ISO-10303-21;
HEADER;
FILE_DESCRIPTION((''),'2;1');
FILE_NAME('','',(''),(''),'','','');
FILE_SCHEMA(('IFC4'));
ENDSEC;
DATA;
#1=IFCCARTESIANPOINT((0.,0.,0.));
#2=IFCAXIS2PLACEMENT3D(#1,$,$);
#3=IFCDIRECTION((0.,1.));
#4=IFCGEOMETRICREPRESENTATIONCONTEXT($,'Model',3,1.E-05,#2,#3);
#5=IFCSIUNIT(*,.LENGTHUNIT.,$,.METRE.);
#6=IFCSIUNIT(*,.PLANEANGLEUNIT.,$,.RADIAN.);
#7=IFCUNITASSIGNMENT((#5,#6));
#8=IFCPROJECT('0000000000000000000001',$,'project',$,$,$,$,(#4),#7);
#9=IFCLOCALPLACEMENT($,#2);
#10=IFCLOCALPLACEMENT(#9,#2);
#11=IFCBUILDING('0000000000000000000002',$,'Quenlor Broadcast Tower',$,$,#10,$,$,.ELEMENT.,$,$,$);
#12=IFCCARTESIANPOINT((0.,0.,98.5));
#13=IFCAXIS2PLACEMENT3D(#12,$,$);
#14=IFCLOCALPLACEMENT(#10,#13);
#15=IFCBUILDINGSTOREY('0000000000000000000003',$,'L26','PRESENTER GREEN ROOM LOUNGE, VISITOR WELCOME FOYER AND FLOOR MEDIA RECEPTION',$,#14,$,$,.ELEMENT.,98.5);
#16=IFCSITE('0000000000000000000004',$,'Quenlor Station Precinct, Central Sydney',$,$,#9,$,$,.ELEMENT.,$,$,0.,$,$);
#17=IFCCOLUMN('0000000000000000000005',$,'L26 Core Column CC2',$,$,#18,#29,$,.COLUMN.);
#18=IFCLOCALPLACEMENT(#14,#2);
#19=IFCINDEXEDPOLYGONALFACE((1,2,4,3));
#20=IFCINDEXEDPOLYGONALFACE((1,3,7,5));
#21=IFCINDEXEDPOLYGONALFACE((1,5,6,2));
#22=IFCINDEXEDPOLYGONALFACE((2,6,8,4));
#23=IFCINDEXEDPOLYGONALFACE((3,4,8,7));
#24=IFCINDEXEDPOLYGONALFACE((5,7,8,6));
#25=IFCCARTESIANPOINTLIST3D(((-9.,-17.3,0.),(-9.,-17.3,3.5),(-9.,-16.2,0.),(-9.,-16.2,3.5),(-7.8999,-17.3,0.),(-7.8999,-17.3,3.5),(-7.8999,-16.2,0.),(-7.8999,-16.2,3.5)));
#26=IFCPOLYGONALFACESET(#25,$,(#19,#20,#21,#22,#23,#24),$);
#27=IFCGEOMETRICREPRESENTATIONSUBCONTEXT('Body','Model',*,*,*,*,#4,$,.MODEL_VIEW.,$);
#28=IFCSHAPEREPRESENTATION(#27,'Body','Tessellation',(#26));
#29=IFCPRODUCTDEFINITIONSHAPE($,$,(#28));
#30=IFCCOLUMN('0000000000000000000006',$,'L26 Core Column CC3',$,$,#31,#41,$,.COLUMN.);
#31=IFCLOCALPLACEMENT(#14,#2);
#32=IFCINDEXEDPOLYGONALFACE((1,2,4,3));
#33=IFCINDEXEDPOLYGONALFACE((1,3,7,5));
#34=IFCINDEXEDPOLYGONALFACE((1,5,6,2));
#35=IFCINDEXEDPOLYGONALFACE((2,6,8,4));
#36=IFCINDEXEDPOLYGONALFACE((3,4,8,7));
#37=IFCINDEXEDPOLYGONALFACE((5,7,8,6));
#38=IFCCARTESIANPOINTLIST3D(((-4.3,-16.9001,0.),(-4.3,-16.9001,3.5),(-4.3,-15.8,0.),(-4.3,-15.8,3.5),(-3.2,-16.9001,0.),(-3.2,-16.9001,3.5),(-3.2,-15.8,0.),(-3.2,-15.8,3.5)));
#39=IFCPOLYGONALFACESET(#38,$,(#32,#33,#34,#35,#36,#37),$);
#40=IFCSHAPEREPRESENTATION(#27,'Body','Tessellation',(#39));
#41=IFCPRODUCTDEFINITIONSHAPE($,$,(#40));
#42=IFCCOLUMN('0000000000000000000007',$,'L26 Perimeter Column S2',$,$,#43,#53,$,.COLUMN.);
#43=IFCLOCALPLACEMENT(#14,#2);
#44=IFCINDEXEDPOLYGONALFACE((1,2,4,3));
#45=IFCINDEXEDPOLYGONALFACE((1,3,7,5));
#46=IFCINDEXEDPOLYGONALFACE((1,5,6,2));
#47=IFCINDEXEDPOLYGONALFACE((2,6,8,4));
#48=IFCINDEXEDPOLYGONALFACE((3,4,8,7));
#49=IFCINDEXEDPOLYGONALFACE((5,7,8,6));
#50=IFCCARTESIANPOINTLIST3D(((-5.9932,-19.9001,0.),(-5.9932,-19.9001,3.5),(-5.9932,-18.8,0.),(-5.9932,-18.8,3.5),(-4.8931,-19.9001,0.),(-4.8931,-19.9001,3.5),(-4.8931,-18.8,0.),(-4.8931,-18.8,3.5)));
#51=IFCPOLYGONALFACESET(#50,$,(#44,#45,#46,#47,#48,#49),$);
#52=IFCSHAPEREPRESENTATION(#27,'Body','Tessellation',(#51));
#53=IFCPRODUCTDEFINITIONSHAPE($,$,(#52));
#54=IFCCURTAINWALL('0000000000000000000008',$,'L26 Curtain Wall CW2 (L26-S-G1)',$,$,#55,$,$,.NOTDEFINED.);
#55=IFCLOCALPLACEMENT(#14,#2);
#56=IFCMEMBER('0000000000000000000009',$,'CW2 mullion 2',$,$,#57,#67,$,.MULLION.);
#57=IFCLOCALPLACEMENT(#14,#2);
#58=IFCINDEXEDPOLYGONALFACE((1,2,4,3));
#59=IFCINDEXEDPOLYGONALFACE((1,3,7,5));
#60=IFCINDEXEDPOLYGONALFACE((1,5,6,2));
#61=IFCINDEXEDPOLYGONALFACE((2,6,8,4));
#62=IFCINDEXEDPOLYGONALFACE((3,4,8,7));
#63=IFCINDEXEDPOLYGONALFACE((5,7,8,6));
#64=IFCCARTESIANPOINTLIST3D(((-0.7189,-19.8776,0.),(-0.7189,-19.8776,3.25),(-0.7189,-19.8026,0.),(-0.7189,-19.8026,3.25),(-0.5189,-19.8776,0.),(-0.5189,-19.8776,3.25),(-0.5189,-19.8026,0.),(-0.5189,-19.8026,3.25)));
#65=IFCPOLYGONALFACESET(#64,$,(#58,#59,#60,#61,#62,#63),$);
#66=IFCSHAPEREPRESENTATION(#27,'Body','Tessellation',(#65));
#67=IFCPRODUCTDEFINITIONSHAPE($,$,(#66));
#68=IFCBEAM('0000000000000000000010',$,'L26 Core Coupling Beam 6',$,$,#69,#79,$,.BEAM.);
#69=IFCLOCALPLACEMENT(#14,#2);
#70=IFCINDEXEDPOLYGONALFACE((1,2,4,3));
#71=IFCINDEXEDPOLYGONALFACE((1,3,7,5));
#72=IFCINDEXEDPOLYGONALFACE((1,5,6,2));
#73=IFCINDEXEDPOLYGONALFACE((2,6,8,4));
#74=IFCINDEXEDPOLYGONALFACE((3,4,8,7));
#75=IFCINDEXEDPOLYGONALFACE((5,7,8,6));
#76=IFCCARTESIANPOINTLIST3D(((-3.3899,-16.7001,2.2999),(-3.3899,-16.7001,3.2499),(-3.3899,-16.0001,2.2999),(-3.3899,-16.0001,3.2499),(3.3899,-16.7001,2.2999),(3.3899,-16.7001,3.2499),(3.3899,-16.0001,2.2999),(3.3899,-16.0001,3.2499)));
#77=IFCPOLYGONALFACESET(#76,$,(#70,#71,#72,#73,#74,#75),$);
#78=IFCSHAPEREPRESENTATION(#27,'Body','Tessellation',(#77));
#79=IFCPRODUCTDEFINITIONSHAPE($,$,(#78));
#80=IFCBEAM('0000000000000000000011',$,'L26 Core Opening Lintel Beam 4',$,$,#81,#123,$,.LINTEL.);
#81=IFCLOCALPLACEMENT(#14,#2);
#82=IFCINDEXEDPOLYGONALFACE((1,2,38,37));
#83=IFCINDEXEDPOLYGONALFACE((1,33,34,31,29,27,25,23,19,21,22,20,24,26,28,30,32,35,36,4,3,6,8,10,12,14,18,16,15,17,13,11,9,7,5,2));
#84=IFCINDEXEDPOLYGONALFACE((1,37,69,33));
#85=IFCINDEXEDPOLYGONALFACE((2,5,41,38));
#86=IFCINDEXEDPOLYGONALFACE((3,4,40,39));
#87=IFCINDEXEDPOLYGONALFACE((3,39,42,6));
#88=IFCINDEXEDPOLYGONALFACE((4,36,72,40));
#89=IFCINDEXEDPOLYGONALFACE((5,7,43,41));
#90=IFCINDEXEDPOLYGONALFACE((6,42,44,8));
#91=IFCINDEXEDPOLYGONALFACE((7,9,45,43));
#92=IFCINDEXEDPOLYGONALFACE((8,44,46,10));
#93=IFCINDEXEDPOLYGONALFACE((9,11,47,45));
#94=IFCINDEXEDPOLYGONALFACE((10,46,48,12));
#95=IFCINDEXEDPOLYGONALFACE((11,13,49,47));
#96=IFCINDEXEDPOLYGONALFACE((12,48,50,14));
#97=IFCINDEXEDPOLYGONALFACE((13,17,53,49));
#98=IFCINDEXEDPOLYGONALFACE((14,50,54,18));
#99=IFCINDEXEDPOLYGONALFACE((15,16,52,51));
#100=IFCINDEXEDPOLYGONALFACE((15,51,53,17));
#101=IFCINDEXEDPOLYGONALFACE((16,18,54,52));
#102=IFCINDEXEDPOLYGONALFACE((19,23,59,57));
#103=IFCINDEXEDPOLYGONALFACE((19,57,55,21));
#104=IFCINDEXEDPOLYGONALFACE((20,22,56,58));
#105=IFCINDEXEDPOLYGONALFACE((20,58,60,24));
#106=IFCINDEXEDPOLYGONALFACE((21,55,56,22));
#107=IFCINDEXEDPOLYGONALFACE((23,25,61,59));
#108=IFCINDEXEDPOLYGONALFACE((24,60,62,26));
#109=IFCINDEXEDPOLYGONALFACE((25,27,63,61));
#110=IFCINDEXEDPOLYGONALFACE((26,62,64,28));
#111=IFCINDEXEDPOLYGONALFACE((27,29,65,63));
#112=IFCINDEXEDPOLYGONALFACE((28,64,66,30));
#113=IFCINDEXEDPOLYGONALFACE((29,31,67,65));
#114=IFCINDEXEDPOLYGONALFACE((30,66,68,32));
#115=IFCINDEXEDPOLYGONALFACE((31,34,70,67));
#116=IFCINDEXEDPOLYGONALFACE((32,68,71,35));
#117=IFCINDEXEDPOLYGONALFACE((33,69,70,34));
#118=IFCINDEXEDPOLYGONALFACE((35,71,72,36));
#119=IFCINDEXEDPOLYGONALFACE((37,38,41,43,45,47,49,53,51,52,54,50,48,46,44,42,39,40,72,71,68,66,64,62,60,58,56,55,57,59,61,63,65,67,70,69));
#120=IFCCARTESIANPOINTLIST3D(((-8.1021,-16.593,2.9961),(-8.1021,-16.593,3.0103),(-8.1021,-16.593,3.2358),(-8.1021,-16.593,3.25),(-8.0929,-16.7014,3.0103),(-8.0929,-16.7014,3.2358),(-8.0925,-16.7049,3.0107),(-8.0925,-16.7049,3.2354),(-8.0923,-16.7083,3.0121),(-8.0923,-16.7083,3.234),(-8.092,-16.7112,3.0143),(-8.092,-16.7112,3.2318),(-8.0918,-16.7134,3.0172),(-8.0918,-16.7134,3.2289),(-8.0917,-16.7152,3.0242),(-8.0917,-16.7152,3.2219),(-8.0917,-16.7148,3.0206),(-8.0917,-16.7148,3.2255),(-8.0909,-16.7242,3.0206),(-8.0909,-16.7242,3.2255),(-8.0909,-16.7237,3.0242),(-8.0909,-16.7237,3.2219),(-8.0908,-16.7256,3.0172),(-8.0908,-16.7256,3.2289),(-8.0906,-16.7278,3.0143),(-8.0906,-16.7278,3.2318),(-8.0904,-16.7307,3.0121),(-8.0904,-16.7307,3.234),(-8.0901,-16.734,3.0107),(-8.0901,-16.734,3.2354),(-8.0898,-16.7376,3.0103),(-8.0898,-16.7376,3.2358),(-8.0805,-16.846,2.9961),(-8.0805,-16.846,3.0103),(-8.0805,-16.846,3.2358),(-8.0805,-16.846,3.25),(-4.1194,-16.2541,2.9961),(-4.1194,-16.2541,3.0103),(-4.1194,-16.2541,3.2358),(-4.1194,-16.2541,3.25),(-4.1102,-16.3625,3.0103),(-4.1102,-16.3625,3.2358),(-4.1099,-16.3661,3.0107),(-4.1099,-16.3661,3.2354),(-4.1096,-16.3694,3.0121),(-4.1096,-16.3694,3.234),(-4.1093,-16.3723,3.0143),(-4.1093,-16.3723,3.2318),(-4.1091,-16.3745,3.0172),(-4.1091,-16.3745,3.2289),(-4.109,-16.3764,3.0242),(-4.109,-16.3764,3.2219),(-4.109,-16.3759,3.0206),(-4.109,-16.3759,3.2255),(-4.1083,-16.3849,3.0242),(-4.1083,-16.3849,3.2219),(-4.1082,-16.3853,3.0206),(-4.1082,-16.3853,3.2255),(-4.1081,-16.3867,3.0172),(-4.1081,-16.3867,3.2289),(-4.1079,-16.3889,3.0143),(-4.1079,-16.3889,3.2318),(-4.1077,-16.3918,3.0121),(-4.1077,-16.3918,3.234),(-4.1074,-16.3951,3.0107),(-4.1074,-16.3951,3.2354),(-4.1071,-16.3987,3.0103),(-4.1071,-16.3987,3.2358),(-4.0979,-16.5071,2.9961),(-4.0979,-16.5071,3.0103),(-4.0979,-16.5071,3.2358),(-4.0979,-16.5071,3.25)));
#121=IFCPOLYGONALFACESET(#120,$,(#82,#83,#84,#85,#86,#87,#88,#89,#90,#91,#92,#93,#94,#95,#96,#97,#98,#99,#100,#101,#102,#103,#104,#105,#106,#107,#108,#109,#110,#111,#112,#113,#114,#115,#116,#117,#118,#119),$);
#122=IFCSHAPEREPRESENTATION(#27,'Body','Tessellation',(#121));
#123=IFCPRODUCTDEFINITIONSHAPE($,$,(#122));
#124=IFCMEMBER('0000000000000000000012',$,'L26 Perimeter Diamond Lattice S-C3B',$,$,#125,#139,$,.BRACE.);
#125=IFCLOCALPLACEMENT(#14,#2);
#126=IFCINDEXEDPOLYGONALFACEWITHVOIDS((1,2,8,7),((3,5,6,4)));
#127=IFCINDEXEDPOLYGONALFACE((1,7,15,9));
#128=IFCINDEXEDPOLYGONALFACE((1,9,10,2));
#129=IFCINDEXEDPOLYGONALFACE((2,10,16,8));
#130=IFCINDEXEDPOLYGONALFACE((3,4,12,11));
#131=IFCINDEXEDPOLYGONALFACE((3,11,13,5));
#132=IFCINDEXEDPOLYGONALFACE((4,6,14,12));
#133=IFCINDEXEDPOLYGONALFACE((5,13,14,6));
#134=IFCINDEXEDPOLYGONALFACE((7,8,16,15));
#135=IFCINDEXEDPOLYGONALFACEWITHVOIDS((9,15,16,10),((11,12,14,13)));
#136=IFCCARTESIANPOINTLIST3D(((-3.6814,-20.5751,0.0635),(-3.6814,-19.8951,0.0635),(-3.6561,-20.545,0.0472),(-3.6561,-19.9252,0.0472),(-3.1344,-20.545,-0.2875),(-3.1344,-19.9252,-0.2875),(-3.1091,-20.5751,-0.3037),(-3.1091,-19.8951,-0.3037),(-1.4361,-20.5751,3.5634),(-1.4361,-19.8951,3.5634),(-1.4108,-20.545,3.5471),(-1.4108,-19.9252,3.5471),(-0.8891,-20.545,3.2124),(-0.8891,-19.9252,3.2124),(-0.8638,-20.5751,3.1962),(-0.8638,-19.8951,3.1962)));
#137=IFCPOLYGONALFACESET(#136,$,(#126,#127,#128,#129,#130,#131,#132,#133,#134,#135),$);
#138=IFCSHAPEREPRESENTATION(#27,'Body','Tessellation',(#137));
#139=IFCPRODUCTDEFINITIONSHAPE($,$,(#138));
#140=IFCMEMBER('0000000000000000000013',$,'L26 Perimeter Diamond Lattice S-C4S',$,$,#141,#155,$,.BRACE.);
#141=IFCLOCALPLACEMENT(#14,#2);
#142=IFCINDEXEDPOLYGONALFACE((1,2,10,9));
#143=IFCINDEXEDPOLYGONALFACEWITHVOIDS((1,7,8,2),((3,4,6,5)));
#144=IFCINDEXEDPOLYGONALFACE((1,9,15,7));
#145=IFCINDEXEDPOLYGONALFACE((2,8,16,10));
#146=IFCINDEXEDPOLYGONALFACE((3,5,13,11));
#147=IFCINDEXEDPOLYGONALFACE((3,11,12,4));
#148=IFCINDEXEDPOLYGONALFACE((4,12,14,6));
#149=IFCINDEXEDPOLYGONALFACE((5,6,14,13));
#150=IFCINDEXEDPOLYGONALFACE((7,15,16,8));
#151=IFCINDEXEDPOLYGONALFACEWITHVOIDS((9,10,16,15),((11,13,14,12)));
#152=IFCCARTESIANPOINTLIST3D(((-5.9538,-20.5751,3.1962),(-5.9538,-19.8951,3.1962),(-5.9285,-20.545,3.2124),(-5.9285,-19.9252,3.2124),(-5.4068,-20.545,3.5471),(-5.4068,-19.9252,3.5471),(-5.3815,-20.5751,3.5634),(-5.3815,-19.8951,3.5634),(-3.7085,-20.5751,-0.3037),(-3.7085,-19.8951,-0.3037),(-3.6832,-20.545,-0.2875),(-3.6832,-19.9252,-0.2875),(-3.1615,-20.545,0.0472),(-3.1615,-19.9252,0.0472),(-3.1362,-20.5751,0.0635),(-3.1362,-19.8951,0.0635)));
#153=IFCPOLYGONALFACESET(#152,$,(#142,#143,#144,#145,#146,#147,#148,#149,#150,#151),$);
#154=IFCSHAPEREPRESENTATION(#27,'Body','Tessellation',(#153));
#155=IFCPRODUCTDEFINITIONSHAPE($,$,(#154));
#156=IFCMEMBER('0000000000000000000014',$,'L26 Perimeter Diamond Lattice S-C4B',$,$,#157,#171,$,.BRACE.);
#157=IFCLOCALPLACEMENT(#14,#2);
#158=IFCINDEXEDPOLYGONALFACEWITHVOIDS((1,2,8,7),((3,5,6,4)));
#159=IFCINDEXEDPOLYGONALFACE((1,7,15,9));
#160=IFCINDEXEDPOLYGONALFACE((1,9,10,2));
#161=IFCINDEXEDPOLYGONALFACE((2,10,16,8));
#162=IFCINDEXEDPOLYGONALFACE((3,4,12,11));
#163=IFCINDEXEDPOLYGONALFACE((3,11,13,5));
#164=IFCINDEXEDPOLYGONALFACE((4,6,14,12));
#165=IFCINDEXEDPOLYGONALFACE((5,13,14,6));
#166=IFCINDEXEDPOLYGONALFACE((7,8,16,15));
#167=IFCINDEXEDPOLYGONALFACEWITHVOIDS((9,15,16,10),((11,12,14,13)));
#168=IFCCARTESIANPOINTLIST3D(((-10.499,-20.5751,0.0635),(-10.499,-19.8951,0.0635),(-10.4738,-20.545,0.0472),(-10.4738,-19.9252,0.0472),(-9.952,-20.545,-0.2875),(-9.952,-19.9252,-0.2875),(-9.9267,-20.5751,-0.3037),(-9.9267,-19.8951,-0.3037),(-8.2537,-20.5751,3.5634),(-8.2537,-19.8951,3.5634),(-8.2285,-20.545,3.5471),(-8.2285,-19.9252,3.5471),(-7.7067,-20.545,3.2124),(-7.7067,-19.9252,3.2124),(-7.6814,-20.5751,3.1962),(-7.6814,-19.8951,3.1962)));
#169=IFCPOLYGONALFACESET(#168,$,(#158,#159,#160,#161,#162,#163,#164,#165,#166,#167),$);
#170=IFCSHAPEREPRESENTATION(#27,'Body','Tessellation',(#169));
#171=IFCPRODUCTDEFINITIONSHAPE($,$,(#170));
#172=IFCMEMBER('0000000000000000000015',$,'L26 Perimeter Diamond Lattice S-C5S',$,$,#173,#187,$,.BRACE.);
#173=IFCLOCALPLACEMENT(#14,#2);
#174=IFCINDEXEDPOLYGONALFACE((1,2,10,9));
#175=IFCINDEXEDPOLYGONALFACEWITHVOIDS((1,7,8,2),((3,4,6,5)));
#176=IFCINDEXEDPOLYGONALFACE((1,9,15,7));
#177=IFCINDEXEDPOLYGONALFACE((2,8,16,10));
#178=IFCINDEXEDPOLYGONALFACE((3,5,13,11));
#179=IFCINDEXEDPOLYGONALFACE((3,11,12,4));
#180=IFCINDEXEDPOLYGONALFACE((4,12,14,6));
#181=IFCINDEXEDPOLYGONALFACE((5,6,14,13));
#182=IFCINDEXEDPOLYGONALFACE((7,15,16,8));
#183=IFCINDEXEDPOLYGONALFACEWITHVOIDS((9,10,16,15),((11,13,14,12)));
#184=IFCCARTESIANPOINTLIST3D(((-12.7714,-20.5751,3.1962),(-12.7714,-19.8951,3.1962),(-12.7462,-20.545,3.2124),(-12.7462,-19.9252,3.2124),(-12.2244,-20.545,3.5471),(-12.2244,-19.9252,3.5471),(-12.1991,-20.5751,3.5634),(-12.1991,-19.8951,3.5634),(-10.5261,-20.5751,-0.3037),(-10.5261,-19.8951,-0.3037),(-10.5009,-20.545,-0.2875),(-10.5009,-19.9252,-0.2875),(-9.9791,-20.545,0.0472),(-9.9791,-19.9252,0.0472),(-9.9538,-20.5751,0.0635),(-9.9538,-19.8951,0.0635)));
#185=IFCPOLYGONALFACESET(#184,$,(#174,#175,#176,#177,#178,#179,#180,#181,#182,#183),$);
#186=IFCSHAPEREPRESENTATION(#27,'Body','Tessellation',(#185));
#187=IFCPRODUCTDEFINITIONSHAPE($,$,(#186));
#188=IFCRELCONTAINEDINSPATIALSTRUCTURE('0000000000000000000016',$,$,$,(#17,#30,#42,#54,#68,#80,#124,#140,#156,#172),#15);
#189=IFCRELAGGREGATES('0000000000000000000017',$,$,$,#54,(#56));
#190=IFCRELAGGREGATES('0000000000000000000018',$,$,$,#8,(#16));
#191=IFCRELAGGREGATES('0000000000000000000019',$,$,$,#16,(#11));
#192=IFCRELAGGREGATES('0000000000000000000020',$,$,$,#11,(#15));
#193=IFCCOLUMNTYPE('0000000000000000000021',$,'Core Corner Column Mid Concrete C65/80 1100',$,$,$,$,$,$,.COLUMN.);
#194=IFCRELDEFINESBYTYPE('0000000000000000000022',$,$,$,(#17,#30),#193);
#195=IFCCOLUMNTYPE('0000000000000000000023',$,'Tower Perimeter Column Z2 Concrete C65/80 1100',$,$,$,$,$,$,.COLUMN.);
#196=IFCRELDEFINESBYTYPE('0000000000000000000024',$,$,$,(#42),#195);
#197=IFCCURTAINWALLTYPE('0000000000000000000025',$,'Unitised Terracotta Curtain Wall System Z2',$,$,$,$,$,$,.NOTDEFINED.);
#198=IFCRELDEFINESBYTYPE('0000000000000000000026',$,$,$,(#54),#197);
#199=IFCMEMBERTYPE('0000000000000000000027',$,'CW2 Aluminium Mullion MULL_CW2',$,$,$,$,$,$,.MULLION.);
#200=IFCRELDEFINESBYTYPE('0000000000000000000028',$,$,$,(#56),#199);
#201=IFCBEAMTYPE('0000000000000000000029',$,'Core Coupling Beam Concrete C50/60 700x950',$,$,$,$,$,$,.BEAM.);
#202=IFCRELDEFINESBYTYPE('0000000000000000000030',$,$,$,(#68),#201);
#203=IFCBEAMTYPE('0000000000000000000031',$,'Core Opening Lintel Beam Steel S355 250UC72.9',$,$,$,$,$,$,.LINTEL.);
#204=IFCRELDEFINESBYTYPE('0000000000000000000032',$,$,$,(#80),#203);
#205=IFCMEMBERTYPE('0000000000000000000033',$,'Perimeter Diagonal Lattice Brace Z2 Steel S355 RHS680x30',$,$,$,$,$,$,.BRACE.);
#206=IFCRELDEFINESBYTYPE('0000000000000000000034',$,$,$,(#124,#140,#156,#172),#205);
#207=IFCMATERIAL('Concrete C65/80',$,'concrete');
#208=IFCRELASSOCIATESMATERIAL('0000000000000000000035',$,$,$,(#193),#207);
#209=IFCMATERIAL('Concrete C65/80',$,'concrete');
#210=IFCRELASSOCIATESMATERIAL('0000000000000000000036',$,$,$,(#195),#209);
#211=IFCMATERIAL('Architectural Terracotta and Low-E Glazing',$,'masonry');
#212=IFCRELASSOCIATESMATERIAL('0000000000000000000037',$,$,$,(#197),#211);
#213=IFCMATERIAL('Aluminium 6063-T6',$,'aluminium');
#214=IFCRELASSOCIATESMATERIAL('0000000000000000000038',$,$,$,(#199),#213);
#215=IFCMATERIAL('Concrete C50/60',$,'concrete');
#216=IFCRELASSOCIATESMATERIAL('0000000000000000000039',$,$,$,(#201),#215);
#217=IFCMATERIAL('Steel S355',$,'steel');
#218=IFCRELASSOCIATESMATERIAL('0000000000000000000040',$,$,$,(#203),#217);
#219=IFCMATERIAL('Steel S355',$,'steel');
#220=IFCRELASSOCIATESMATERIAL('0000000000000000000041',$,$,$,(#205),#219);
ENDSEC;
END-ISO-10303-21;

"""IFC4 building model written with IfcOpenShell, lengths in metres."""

from ifc_helpers import new_model, si_unit, direction, frame, origin, origin_2d, place, context, subcontext, project, spatial, rectangle, hollow_rectangle, i_section, extrude, material, material_profile, profile_set, type_object, element, aggregate, save


model = new_model("IFC4")

# Units and contexts
model_context = context("Model", 3, precision=1e-05, world=origin(), true_north=direction((0.0, 1.0)))
body_context = subcontext(model_context, "Body", "Model", "MODEL_VIEW")
ifc_project = project(units=[si_unit("LENGTHUNIT", "METRE"), si_unit("PLANEANGLEUNIT", "RADIAN")], contexts=[model_context])

# Site, building, storey
site_placement = place(None, origin())
site = spatial("IfcSite", under=ifc_project, at=site_placement, Name="Quenlor Station Precinct, Central Sydney", CompositionType="ELEMENT", RefElevation=0.0)
building_placement = place(site_placement, origin())
building = spatial("IfcBuilding", under=site, at=building_placement, Name="Quenlor Broadcast Tower", CompositionType="ELEMENT")
storey_placement = place(building_placement, frame((0.0, 0.0, 98.5)))
storey = spatial("IfcBuildingStorey", under=building, at=storey_placement, Name="L26", Description="PRESENTER GREEN ROOM LOUNGE, VISITOR WELCOME FOYER AND FLOOR MEDIA RECEPTION", CompositionType="ELEMENT", Elevation=98.5)

# Columns
ifc_material_1 = material(Name="Concrete C65/80", Category="concrete")
ifc_material_profile_1 = material_profile(ifc_material_1, rectangle(XDim=1.1001, YDim=1.1001, at=origin_2d()))
ifc_profile_set_1 = profile_set([ifc_material_profile_1], Name="Concrete C65/80 RC1100x1100")
column_type_1 = type_object("IfcColumnType", Name="Core Corner Column Mid Concrete C65/80 1100", PredefinedType="COLUMN", material=ifc_profile_set_1)
for number, where, z_axis, x_axis, name in (
    (1, (-8.45, -16.75, 0.0), (0.0, 0.0, 1.0), (1.0, 0.0, 0.0), "L26 Core Column CC2"),
    (2, (-3.75, -16.3501, 0.0), (0.0, 0.0, 1.0), (1.0, 0.0, 0.0), "L26 Core Column CC3"),
):
    element("IfcColumn", number, at=place(storey_placement, frame(where, z_axis=z_axis, x_axis=x_axis)), inside=storey, type_object=column_type_1, Name=name, PredefinedType="COLUMN", context=body_context, shape_type="SweptSolid", body=[
        extrude(rectangle(XDim=1.1001, YDim=1.1001, at=origin_2d()), origin(), (0.0, 0.0, 1.0), 3.5),
    ])
ifc_material_2 = material(Name="Concrete C65/80", Category="concrete")
ifc_material_profile_2 = material_profile(ifc_material_2, rectangle(XDim=1.1001, YDim=1.1001, at=origin_2d()))
ifc_profile_set_2 = profile_set([ifc_material_profile_2], Name="Concrete C65/80 RC1100x1100")
column_type_2 = type_object("IfcColumnType", Name="Tower Perimeter Column Z2 Concrete C65/80 1100", PredefinedType="COLUMN", material=ifc_profile_set_2)
column_placement = place(storey_placement, frame((-5.4431, -19.3501, 0.0), z_axis=(0.0, 0.0, 1.0), x_axis=(0.0, 1.0, 0.0)))
element("IfcColumn", 3, at=column_placement, inside=storey, type_object=column_type_2, Name="L26 Perimeter Column S2", PredefinedType="COLUMN", context=body_context, shape_type="SweptSolid", body=[
    extrude(rectangle(XDim=1.1001, YDim=1.1001, at=origin_2d()), origin(), (0.0, 0.0, 1.0), 3.5),
])

# Curtain wall, member
ifc_material_3 = material(Name="Architectural Terracotta and Low-E Glazing", Category="masonry")
curtain_wall_type = type_object("IfcCurtainWallType", Name="Unitised Terracotta Curtain Wall System Z2", PredefinedType="NOTDEFINED", material=ifc_material_3)
curtain_wall_placement = place(storey_placement, origin())
curtain_wall = element("IfcCurtainWall", 4, at=curtain_wall_placement, inside=storey, type_object=curtain_wall_type, Name="L26 Curtain Wall CW2 (L26-S-G1)", PredefinedType="NOTDEFINED")
ifc_material_4 = material(Name="Aluminium 6063-T6", Category="aluminium")
ifc_material_profile_3 = material_profile(ifc_material_4, rectangle(XDim=0.075, YDim=0.2, at=origin_2d()))
ifc_profile_set_3 = profile_set([ifc_material_profile_3], Name="Aluminium 6063-T6 MULL75x200")
member_type_1 = type_object("IfcMemberType", Name="CW2 Aluminium Mullion MULL_CW2", PredefinedType="MULLION", material=ifc_profile_set_3)
member_placement = place(storey_placement, frame((-0.6189, -19.8401, 0.0), z_axis=(0.0, 0.0, 1.0), x_axis=(0.0, -1.0, 0.0)))
member = element("IfcMember", 5, at=member_placement, type_object=member_type_1, Name="CW2 mullion 2", PredefinedType="MULLION", context=body_context, shape_type="SweptSolid", body=[
    extrude(rectangle(XDim=0.075, YDim=0.2, at=origin_2d()), origin(), (0.0, 0.0, 1.0), 3.25),
])

# Beams
ifc_material_5 = material(Name="Concrete C50/60", Category="concrete")
ifc_material_profile_4 = material_profile(ifc_material_5, rectangle(XDim=0.7, YDim=0.95, at=origin_2d()))
ifc_profile_set_4 = profile_set([ifc_material_profile_4], Name="Concrete C50/60 RCB700x950")
beam_type_1 = type_object("IfcBeamType", Name="Core Coupling Beam Concrete C50/60 700x950", PredefinedType="BEAM", material=ifc_profile_set_4)
beam_1_placement = place(storey_placement, frame((-3.3899, -16.3501, 2.7749), z_axis=(1.0, 0.0, 0.0), x_axis=(0.0, 1.0, 0.0)))
element("IfcBeam", 6, at=beam_1_placement, inside=storey, type_object=beam_type_1, Name="L26 Core Coupling Beam 6", PredefinedType="BEAM", context=body_context, shape_type="SweptSolid", body=[
    extrude(rectangle(XDim=0.7, YDim=0.95, at=origin_2d()), origin(), (0.0, 0.0, 1.0), 6.7798),
])
ifc_material_6 = material(Name="Steel S355", Category="steel")
ifc_material_profile_5 = material_profile(ifc_material_6, i_section(OverallWidth=0.2539, OverallDepth=0.2539, WebThickness=0.0085, FlangeThickness=0.0142, FilletRadius=0.0139, at=origin_2d()))
ifc_profile_set_5 = profile_set([ifc_material_profile_5], Name="Steel S355 250UC72.9")
beam_type_2 = type_object("IfcBeamType", Name="Core Opening Lintel Beam Steel S355 250UC72.9", PredefinedType="LINTEL", material=ifc_profile_set_5)
beam_2_placement = place(storey_placement, frame((-8.0913, -16.7195, 3.123), z_axis=(0.9964, 0.084779, 0.0), x_axis=(-0.084779, 0.9964, 0.0)))
element("IfcBeam", 7, at=beam_2_placement, inside=storey, type_object=beam_type_2, Name="L26 Core Opening Lintel Beam 4", PredefinedType="LINTEL", context=body_context, shape_type="SweptSolid", body=[
    extrude(i_section(OverallWidth=0.2539, OverallDepth=0.2539, WebThickness=0.0085, FlangeThickness=0.0142, FilletRadius=0.0139, at=origin_2d()), origin(), (0.0, 0.0, 1.0), 3.9971),
])

# Members
ifc_material_7 = material(Name="Steel S355", Category="steel")
ifc_material_profile_6 = material_profile(ifc_material_7, hollow_rectangle(XDim=0.6799, YDim=0.6799, WallThickness=0.03, at=origin_2d()))
ifc_profile_set_6 = profile_set([ifc_material_profile_6], Name="Steel S355 RHS680x680x30")
member_type_2 = type_object("IfcMemberType", Name="Perimeter Diagonal Lattice Brace Z2 Steel S355 RHS680x30", PredefinedType="BRACE", material=ifc_profile_set_6)
for number, where, z_axis, x_axis, name in (
    (8, (-3.3953, -20.2351, -0.1201), (0.539968, 0.0, 0.841686), (0.0, 1.0, 0.0), "L26 Perimeter Diamond Lattice S-C3B"),
    (9, (-3.4224, -20.2351, -0.1201), (-0.539968, 0.0, 0.841686), (0.0, -1.0, 0.0), "L26 Perimeter Diamond Lattice S-C4S"),
    (10, (-10.2129, -20.2351, -0.1201), (0.539968, 0.0, 0.841686), (0.0, 1.0, 0.0), "L26 Perimeter Diamond Lattice S-C4B"),
    (11, (-10.24, -20.2351, -0.1201), (-0.539968, 0.0, 0.841686), (0.0, -1.0, 0.0), "L26 Perimeter Diamond Lattice S-C5S"),
):
    element("IfcMember", number, at=place(storey_placement, frame(where, z_axis=z_axis, x_axis=x_axis)), inside=storey, type_object=member_type_2, Name=name, PredefinedType="BRACE", context=body_context, shape_type="SweptSolid", body=[
        extrude(hollow_rectangle(XDim=0.6799, YDim=0.6799, WallThickness=0.03, at=origin_2d()), origin(), (0.0, 0.0, 1.0), 4.1582),
    ])

aggregate(curtain_wall, [member])

save(model, "model.ifc")
